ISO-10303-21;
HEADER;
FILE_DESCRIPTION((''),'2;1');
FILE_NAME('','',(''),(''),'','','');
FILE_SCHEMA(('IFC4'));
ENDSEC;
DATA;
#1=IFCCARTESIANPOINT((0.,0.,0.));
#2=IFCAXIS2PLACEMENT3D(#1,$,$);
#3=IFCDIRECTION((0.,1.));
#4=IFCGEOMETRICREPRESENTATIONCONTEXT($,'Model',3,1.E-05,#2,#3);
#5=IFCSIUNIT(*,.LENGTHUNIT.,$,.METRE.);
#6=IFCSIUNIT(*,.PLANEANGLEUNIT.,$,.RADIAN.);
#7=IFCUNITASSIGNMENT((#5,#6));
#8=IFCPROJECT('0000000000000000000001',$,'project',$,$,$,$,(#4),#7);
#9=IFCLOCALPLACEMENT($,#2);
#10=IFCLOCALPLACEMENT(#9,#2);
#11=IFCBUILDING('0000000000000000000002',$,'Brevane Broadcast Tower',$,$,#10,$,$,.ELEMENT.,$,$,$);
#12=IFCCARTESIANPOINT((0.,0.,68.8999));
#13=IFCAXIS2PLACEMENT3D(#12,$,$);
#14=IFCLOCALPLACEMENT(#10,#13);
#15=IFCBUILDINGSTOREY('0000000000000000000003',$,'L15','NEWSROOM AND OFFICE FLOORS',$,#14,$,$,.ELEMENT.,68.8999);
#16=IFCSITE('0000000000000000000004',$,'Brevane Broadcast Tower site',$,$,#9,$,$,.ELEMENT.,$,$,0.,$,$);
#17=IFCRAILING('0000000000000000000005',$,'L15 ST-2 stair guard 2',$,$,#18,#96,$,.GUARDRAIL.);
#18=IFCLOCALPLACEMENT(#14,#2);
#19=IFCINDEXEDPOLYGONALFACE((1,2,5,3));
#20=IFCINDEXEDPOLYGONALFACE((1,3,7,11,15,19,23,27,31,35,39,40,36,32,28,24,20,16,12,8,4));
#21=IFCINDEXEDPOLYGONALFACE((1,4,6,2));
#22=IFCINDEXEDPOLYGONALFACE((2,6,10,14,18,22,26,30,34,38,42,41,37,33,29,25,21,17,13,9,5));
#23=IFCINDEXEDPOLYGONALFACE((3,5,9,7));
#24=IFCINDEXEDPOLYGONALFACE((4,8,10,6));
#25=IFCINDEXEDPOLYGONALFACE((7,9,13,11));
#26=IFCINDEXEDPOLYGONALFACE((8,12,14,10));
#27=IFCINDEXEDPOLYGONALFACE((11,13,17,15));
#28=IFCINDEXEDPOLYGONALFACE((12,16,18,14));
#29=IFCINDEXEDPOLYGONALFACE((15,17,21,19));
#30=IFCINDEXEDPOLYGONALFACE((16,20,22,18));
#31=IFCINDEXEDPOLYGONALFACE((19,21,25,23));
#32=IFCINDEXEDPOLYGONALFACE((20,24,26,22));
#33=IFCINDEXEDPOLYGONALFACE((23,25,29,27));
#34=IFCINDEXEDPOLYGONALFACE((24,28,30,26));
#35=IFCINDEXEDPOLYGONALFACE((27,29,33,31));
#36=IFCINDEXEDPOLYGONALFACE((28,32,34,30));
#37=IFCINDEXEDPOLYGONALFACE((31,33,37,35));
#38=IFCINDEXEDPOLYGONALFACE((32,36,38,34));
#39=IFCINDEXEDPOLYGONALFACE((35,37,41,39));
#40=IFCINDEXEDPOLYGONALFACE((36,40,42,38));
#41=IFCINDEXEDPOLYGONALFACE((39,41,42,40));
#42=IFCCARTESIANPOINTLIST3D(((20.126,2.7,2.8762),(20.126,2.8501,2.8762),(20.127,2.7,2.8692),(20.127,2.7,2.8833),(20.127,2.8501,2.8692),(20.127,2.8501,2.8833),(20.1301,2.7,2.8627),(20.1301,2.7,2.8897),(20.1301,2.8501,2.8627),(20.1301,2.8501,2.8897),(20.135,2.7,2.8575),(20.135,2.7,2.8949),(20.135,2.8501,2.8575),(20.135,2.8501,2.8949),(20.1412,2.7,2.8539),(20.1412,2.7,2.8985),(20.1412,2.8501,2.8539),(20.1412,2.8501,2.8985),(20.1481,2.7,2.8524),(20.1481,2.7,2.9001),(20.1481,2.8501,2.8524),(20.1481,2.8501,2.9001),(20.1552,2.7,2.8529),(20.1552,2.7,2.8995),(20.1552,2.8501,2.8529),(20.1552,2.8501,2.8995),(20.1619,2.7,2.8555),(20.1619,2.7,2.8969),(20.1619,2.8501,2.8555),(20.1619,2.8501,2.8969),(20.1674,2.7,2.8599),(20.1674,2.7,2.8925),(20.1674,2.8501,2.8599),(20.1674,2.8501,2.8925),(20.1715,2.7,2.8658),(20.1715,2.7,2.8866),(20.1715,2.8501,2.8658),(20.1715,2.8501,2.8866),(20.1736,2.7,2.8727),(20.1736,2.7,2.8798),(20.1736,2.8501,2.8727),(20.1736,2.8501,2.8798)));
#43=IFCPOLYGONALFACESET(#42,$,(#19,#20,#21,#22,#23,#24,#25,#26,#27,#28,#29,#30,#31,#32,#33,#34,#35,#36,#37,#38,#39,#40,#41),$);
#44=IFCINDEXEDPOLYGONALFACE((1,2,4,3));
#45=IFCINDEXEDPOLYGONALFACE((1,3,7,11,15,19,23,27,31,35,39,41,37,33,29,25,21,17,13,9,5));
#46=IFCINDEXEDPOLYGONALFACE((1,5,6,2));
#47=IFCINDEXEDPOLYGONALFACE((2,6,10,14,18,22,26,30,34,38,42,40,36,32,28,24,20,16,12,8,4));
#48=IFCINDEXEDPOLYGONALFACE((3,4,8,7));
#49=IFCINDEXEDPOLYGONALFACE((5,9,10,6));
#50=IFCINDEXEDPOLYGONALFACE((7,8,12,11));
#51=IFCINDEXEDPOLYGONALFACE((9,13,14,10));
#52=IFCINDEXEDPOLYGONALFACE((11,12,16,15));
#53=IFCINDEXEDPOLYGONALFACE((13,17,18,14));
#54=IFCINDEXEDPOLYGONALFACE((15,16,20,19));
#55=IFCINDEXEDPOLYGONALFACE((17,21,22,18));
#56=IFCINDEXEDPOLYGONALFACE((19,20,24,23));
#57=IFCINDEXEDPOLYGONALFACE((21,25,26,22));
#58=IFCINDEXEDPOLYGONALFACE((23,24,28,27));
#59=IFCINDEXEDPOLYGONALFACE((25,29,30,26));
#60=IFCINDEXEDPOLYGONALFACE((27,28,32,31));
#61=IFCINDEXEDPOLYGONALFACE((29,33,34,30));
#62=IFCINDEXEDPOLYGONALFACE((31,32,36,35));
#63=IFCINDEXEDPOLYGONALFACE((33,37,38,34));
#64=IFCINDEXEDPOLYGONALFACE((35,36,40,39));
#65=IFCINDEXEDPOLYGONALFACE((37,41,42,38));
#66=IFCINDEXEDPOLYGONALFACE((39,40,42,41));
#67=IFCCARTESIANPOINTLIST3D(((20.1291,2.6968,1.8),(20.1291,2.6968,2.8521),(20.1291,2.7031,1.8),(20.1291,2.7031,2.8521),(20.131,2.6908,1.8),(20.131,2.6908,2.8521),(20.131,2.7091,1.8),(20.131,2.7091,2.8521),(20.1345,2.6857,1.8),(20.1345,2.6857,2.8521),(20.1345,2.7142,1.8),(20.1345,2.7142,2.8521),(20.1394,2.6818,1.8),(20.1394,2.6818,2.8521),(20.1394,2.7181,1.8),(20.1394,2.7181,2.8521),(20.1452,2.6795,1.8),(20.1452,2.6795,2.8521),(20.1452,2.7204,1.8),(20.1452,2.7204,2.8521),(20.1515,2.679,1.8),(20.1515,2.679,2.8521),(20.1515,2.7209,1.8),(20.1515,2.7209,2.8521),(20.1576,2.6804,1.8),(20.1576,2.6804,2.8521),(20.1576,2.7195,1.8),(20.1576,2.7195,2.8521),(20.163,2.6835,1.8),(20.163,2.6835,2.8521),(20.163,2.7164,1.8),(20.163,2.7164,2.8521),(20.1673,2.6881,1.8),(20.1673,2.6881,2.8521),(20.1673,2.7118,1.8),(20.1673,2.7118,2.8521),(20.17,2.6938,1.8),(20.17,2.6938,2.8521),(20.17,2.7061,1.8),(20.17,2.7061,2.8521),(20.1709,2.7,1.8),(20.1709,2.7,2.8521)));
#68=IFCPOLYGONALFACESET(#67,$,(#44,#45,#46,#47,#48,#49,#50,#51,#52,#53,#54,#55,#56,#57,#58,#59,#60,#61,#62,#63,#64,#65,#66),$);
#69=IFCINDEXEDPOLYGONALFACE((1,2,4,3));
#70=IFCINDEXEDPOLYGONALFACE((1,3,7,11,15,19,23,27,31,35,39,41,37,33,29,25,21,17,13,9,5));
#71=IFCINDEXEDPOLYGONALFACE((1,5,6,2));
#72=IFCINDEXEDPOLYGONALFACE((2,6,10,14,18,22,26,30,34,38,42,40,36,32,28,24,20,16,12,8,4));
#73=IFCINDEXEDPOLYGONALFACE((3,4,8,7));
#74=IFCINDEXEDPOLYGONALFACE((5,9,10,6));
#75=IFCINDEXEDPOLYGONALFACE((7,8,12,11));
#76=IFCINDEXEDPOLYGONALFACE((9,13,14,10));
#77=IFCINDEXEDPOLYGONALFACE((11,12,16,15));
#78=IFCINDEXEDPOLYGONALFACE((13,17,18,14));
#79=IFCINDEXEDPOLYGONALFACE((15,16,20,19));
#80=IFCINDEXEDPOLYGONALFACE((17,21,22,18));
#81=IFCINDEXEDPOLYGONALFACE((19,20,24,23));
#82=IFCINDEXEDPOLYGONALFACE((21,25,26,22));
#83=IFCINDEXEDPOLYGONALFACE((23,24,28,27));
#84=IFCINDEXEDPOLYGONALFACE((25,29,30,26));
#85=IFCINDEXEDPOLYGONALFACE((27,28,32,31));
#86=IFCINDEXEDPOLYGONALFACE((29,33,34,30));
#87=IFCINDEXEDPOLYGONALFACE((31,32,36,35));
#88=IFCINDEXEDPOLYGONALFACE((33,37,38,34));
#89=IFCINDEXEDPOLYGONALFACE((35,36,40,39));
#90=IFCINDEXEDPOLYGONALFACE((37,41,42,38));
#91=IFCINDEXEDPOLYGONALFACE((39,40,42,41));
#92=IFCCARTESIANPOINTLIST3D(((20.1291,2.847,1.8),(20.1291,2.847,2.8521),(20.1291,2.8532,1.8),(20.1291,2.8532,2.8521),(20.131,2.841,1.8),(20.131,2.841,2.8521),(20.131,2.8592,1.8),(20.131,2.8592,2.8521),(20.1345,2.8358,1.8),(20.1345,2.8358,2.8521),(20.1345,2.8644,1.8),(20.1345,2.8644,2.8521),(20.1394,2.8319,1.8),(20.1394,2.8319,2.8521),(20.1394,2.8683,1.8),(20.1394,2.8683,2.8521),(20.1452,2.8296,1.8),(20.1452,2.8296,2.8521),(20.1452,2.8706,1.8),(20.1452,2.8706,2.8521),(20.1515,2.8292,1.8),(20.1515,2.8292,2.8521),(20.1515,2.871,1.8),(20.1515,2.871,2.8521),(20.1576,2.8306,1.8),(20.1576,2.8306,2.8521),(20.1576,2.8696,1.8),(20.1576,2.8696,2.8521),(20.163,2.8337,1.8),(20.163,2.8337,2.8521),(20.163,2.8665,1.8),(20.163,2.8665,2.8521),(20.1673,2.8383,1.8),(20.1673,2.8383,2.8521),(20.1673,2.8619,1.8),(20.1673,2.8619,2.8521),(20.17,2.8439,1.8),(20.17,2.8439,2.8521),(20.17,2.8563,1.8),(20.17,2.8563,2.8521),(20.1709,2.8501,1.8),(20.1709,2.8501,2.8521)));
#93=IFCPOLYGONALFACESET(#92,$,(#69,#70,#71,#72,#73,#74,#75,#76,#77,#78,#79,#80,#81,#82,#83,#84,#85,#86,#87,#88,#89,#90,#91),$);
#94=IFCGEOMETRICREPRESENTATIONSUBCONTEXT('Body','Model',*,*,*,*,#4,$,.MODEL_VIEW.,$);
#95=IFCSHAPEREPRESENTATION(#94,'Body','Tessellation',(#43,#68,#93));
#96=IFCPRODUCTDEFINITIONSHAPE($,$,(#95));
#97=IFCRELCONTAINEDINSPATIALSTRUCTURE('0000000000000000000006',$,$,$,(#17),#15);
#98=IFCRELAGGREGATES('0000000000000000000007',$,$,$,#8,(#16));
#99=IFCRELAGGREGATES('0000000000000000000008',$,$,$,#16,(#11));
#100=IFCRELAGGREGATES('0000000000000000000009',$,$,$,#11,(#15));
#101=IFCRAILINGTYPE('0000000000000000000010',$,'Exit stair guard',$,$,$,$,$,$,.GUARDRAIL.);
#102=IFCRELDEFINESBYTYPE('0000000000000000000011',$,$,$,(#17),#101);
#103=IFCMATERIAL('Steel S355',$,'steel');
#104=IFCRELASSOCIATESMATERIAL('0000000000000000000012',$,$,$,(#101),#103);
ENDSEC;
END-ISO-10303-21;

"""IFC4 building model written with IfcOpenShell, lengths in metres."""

from ifc_helpers import new_model, si_unit, direction, frame, origin, origin_2d, place, context, subcontext, project, spatial, circle, extrude, material, type_object, element, save


model = new_model("IFC4")

# Units and contexts
model_context = context("Model", 3, precision=1e-05, world=origin(), true_north=direction((0.0, 1.0)))
body_context = subcontext(model_context, "Body", "Model", "MODEL_VIEW")
ifc_project = project(units=[si_unit("LENGTHUNIT", "METRE"), si_unit("PLANEANGLEUNIT", "RADIAN")], contexts=[model_context])

# Site, building, storey
site_placement = place(None, origin())
site = spatial("IfcSite", under=ifc_project, at=site_placement, Name="Brevane Broadcast Tower site", CompositionType="ELEMENT", RefElevation=0.0)
building_placement = place(site_placement, origin())
building = spatial("IfcBuilding", under=site, at=building_placement, Name="Brevane Broadcast Tower", CompositionType="ELEMENT")
storey_placement = place(building_placement, frame((0.0, 0.0, 68.8999)))
storey = spatial("IfcBuildingStorey", under=building, at=storey_placement, Name="L15", Description="NEWSROOM AND OFFICE FLOORS", CompositionType="ELEMENT", Elevation=68.8999)

# Railing
ifc_material_1 = material(Name="Steel S355", Category="steel")
railing_type_1 = type_object("IfcRailingType", Name="Exit stair guard", PredefinedType="GUARDRAIL", material=ifc_material_1)
railing_1_placement = place(storey_placement, frame((20.1499, 2.7, 1.8)))
element("IfcRailing", 1, at=railing_1_placement, inside=storey, type_object=railing_type_1, Name="L15 ST-2 stair guard 2", PredefinedType="GUARDRAIL", context=body_context, shape_type="SweptSolid", body=[
    extrude(circle(Radius=0.0239, at=origin_2d()), frame((0.0, 0.0, 1.0762), z_axis=(0.0, 1.0, 0.0), x_axis=(-1.0, 0.0, 0.0)), (0.0, 0.0, 1.0), 0.1501),
    extrude(circle(Radius=0.021, at=origin_2d()), origin(), (0.0, 0.0, 1.0), 1.052),
    extrude(circle(Radius=0.021, at=origin_2d()), frame((0.0, 0.1501, 0.0)), (0.0, 0.0, 1.0), 1.052),
])

save(model, "model.ifc")
